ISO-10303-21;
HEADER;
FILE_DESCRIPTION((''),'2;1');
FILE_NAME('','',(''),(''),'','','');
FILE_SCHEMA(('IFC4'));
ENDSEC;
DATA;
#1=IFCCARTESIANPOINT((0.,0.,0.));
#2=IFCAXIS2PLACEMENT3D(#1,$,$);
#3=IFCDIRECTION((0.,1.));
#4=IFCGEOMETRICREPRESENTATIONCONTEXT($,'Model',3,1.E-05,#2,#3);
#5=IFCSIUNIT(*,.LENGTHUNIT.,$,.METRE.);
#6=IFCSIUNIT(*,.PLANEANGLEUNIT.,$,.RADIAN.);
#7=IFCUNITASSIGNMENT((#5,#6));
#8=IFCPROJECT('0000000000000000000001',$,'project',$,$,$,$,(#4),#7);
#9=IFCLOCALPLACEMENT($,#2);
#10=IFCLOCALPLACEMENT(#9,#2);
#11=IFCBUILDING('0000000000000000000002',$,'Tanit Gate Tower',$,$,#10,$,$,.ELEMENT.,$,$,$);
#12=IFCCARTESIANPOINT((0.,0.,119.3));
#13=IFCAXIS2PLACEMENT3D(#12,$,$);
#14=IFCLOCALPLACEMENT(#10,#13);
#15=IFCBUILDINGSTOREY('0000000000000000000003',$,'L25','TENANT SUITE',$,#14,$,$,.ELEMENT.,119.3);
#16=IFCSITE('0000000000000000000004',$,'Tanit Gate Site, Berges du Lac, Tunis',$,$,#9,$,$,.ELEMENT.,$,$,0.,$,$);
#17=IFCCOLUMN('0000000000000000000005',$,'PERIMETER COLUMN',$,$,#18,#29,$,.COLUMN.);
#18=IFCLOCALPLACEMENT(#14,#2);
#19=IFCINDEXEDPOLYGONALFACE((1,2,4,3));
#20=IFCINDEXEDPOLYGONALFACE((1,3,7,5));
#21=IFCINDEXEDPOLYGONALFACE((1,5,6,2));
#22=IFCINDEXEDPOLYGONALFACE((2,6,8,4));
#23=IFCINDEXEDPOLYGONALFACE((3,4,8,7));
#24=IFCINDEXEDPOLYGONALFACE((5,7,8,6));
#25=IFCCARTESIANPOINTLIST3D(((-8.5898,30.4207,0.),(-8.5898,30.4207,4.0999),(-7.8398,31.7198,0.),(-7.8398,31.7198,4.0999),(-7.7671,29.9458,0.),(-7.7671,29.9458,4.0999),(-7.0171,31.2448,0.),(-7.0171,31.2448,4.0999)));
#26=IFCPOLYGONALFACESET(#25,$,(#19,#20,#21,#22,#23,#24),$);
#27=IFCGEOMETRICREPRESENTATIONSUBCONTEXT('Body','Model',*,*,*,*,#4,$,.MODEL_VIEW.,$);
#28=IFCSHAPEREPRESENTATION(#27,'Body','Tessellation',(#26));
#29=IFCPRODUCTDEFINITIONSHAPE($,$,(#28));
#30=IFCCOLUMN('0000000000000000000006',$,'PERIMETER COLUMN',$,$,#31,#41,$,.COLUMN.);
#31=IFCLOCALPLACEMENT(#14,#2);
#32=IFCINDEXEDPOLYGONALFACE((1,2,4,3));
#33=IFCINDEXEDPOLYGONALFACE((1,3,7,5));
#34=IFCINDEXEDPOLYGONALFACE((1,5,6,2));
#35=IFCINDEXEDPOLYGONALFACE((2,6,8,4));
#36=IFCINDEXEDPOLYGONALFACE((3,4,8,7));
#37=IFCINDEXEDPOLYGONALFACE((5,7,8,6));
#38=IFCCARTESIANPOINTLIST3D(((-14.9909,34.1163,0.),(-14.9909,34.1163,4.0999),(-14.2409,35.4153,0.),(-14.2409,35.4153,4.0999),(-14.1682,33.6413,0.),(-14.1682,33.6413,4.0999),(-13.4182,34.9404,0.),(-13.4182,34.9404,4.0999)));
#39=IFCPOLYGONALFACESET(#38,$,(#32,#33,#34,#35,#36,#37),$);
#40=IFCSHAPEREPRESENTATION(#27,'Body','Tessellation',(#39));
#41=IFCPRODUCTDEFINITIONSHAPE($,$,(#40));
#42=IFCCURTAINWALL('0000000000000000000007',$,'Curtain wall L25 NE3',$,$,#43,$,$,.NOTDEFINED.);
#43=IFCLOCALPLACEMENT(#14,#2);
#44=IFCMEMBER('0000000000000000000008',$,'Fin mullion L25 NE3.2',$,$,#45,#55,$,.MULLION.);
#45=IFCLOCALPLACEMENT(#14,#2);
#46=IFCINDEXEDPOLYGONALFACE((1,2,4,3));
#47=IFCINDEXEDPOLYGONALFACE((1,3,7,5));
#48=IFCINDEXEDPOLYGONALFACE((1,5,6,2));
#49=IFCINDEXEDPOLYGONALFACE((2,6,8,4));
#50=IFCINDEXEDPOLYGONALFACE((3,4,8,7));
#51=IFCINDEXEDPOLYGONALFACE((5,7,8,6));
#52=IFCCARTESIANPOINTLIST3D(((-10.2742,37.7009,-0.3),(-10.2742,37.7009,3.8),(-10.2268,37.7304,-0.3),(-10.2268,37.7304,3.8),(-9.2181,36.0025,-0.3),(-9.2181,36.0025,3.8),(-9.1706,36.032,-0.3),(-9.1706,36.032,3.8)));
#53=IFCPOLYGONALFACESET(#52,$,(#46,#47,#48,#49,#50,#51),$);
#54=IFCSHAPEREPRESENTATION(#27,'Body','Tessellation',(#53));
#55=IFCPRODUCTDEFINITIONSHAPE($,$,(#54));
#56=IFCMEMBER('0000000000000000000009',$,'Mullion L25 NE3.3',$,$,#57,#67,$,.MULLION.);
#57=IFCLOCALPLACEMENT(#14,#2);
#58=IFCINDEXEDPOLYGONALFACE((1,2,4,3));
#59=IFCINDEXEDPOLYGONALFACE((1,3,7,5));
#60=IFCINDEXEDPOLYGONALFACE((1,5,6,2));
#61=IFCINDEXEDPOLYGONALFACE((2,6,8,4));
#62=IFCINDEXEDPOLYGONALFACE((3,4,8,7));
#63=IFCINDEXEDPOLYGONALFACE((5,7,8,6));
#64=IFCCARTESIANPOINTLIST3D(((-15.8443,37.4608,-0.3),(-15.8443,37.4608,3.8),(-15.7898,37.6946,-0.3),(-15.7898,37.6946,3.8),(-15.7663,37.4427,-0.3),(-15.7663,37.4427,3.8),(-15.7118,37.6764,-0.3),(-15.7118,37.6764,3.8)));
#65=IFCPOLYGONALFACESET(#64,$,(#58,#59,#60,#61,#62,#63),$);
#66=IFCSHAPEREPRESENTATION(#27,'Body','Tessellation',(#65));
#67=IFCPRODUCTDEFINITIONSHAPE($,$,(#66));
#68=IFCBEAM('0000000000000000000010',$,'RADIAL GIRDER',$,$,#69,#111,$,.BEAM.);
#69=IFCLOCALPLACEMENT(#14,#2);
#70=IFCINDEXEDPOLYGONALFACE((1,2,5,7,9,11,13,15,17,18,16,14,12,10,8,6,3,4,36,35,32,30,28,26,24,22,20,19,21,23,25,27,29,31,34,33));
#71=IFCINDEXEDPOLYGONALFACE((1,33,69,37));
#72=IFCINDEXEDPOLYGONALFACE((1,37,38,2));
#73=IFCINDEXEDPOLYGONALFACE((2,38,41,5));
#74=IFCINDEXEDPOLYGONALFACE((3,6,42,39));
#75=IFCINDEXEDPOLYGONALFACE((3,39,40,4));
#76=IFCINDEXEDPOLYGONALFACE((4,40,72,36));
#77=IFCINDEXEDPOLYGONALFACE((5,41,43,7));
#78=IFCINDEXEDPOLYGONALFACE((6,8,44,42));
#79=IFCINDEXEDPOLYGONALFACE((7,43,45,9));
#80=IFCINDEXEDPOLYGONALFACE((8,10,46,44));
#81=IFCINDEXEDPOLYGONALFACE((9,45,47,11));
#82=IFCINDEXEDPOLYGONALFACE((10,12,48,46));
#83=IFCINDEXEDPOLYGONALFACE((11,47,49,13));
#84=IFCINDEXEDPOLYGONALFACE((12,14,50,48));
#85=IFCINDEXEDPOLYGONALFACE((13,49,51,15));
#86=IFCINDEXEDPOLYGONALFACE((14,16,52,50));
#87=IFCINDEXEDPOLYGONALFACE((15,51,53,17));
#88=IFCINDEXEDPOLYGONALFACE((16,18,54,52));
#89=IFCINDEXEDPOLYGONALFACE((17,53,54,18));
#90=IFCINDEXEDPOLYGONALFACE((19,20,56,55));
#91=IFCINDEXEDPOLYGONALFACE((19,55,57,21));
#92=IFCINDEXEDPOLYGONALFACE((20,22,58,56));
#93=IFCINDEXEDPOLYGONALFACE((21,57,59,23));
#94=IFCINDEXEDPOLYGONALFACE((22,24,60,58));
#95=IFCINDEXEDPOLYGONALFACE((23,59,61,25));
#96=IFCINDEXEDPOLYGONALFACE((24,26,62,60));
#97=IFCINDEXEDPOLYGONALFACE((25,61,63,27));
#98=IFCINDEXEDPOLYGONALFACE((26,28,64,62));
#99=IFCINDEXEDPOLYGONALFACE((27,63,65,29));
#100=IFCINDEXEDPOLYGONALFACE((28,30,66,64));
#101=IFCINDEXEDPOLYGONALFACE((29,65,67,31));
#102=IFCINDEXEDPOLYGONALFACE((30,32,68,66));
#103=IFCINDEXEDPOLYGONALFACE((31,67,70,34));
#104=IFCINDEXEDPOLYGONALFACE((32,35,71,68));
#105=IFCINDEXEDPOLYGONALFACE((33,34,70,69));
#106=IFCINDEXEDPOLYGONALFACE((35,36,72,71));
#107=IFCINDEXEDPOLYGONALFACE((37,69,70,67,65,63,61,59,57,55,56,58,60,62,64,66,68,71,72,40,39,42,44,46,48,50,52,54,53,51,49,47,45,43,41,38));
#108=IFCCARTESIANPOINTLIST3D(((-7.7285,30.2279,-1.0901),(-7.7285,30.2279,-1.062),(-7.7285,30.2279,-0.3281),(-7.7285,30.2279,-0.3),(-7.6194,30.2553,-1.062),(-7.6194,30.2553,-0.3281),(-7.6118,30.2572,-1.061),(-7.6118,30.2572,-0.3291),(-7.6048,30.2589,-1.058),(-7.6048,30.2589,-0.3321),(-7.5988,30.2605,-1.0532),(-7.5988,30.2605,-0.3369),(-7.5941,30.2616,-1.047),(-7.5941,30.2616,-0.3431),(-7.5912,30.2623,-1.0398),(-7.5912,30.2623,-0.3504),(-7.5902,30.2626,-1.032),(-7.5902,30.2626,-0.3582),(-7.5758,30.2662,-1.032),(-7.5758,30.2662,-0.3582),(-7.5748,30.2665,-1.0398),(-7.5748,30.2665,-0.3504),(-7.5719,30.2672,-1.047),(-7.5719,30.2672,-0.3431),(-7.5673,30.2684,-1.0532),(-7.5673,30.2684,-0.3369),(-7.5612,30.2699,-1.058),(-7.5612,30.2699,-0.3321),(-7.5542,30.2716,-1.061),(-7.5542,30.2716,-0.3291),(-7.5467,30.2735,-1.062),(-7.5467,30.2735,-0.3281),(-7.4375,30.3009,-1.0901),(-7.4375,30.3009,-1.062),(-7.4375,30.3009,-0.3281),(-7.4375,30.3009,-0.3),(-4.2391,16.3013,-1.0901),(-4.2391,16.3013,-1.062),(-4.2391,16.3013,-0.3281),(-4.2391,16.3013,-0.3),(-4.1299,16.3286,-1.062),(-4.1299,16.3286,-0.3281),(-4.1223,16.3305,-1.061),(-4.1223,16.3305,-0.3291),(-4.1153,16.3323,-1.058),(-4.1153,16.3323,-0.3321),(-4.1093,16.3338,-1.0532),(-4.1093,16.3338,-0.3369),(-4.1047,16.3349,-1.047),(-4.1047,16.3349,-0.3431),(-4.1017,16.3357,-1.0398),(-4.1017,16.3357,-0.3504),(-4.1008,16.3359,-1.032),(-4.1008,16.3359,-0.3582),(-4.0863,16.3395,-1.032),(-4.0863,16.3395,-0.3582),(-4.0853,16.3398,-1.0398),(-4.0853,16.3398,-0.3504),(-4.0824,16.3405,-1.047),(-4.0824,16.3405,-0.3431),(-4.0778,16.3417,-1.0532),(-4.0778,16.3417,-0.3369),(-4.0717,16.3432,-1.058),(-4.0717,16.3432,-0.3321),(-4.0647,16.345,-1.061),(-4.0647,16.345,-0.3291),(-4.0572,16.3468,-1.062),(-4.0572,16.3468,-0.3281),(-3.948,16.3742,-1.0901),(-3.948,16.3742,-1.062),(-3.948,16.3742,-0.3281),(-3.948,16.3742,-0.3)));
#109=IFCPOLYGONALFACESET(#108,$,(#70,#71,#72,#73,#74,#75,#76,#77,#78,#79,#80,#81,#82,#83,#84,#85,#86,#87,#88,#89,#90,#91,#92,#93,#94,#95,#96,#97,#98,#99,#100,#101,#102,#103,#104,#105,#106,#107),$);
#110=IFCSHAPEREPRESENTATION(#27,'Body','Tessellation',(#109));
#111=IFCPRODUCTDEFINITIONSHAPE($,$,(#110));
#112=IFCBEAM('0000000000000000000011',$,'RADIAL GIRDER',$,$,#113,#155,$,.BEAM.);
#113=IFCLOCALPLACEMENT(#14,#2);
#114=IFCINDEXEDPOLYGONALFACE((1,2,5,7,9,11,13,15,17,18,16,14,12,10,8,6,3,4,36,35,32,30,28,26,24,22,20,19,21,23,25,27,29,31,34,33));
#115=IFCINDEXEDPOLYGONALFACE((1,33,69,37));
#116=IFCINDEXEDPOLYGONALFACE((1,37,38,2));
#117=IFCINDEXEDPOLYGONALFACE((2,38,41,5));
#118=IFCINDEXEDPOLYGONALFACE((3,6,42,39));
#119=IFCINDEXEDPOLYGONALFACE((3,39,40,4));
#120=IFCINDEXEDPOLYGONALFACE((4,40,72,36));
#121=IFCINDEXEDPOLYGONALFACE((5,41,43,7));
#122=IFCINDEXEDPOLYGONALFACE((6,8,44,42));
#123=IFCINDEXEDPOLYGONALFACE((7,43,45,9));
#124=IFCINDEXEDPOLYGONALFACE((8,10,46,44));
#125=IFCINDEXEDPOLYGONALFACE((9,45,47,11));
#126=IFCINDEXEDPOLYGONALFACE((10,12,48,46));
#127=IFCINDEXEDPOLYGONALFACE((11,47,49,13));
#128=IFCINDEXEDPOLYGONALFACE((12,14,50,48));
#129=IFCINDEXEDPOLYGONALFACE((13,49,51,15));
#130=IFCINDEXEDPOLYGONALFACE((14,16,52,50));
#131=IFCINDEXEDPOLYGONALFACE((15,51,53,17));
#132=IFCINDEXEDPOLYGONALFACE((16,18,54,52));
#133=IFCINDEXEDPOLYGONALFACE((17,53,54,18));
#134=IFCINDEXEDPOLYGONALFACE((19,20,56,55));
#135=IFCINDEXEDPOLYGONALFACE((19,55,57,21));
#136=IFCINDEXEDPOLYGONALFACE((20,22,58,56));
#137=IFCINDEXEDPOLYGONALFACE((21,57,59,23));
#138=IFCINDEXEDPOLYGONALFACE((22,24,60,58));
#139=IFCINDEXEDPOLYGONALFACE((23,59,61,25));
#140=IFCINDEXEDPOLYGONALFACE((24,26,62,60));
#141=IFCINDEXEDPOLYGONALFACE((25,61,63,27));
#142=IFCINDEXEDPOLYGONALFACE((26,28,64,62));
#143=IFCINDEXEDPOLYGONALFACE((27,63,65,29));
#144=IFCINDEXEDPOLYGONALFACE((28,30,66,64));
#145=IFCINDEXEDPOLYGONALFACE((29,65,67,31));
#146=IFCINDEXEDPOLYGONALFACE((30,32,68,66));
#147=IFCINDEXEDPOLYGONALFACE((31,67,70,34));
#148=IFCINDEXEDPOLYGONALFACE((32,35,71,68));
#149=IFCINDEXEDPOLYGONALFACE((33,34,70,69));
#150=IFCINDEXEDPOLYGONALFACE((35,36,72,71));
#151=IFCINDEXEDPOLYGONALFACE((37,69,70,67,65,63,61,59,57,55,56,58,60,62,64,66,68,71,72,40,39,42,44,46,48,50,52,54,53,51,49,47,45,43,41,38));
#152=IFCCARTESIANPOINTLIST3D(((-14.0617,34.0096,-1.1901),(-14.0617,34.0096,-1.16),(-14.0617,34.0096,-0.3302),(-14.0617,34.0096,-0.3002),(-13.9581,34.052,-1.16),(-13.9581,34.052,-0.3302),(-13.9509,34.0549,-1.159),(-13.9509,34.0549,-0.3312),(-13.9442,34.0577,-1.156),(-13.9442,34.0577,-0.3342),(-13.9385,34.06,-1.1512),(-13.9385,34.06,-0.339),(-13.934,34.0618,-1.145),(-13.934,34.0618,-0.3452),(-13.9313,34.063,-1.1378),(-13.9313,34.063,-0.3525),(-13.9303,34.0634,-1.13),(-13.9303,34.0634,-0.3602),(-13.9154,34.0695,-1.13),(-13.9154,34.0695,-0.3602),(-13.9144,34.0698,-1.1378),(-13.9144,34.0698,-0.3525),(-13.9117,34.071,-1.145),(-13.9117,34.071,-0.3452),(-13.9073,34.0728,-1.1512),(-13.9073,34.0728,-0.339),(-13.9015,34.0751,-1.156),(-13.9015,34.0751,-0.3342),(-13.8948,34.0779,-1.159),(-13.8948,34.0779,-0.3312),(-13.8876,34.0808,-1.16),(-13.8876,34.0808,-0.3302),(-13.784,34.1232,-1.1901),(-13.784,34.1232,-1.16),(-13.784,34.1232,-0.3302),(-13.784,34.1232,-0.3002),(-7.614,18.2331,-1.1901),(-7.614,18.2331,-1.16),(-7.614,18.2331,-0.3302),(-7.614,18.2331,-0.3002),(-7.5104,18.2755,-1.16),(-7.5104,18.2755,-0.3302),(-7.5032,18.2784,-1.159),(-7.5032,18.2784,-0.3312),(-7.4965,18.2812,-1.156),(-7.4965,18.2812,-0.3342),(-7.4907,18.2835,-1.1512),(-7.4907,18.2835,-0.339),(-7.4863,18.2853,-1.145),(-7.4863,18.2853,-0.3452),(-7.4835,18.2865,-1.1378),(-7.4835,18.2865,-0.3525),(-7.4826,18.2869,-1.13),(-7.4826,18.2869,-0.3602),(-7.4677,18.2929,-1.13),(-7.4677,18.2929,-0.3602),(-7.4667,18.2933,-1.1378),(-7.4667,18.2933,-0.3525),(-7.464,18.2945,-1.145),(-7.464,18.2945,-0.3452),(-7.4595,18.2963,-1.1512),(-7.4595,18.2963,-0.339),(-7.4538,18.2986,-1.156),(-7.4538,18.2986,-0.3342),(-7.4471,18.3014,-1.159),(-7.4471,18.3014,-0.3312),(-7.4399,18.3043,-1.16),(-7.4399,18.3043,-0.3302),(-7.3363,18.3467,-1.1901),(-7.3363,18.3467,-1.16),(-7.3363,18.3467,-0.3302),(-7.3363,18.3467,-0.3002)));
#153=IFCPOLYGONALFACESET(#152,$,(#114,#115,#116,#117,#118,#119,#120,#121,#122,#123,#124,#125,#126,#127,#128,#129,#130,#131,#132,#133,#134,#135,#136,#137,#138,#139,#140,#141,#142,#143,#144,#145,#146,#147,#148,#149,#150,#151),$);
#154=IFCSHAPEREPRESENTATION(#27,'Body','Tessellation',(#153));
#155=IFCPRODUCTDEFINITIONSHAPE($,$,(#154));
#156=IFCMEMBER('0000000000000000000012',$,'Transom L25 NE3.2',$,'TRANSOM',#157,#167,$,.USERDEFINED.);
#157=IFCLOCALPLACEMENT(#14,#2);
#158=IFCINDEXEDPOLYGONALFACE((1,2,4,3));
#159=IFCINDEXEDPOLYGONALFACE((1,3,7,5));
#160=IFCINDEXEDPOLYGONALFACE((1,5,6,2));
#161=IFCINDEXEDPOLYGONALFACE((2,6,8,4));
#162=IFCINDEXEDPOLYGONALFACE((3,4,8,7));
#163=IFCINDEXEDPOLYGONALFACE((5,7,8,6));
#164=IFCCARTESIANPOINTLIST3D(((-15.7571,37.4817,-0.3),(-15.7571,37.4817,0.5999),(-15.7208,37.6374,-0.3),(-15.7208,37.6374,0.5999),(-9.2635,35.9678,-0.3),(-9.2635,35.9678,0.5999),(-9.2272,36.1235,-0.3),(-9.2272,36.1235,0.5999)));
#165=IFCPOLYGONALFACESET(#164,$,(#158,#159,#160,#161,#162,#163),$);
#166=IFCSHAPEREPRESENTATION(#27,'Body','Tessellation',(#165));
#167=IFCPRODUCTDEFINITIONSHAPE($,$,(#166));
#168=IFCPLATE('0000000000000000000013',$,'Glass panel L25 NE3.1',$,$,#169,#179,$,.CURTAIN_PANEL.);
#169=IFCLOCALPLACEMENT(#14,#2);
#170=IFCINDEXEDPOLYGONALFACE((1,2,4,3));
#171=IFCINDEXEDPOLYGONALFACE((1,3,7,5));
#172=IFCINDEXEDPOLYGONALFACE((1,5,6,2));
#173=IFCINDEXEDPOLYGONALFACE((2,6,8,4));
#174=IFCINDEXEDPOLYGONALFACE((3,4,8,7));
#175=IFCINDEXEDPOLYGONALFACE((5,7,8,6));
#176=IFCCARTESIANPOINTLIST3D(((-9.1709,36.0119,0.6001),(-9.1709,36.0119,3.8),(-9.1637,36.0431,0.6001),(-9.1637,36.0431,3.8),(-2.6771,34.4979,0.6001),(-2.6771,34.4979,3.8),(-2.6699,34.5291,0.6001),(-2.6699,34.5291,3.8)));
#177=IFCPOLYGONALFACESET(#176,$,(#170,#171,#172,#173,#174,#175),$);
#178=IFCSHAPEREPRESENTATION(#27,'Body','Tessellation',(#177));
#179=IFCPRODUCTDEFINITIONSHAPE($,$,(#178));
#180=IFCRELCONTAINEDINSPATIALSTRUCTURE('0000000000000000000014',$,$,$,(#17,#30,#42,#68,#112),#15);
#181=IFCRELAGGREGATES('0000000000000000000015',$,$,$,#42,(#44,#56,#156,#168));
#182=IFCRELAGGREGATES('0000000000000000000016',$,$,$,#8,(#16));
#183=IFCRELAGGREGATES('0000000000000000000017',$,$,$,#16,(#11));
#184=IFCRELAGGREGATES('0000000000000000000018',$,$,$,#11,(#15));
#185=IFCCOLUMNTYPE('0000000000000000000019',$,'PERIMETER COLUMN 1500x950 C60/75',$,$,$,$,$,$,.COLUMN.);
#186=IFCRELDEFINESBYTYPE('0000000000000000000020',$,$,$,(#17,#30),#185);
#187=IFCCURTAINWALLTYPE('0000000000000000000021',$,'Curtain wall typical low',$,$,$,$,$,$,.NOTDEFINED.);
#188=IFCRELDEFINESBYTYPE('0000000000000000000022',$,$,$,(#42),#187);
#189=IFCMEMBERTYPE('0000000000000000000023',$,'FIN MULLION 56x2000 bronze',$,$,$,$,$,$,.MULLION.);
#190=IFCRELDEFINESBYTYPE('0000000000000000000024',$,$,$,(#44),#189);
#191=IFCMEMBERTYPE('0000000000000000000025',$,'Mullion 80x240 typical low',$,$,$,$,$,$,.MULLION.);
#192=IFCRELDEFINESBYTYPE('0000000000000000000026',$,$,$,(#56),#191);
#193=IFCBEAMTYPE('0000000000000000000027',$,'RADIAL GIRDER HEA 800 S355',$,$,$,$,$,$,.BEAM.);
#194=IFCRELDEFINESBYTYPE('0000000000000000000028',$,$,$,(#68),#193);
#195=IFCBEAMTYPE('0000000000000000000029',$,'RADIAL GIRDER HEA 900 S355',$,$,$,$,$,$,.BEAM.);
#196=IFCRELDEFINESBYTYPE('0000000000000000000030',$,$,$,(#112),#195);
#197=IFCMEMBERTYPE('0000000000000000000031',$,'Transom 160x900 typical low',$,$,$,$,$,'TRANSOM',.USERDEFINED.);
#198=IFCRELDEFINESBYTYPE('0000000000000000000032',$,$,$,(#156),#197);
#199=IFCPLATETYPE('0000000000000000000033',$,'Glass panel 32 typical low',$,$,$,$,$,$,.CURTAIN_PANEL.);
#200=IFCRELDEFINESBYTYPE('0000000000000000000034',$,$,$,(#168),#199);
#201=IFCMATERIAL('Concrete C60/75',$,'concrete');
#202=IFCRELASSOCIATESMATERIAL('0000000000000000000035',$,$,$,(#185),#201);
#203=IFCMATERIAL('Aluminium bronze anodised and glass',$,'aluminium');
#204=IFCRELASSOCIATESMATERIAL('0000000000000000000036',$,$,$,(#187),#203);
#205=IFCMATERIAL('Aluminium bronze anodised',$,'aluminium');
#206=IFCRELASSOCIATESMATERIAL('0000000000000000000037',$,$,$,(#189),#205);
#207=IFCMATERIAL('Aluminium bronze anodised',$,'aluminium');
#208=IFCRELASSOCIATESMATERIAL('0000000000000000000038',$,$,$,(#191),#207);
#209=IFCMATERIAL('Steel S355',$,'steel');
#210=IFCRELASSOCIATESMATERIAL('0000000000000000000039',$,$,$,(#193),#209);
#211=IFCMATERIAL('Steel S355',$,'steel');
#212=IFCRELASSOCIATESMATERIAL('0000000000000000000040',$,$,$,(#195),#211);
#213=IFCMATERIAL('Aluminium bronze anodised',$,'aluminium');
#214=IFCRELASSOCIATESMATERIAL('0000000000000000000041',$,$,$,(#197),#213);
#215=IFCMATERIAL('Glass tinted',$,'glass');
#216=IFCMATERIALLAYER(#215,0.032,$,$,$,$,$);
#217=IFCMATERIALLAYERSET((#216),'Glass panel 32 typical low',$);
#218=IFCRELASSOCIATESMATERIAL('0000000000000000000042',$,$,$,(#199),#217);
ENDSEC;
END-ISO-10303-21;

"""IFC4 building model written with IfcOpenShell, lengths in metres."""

from ifc_helpers import new_model, si_unit, direction, frame, origin, origin_2d, place, context, subcontext, project, spatial, rectangle, i_section, extrude, material, layer, layer_set, material_profile, profile_set, type_object, element, aggregate, save


model = new_model("IFC4")

# Units and contexts
model_context = context("Model", 3, precision=1e-05, world=origin(), true_north=direction((0.0, 1.0)))
body_context = subcontext(model_context, "Body", "Model", "MODEL_VIEW")
ifc_project = project(units=[si_unit("LENGTHUNIT", "METRE"), si_unit("PLANEANGLEUNIT", "RADIAN")], contexts=[model_context])

# Site, building, storey
site_placement = place(None, origin())
site = spatial("IfcSite", under=ifc_project, at=site_placement, Name="Tanit Gate Site, Berges du Lac, Tunis", CompositionType="ELEMENT", RefElevation=0.0)
building_placement = place(site_placement, origin())
building = spatial("IfcBuilding", under=site, at=building_placement, Name="Tanit Gate Tower", CompositionType="ELEMENT")
storey_placement = place(building_placement, frame((0.0, 0.0, 119.3)))
storey = spatial("IfcBuildingStorey", under=building, at=storey_placement, Name="L25", Description="TENANT SUITE", CompositionType="ELEMENT", Elevation=119.3)

# Columns
ifc_material_1 = material(Name="Concrete C60/75", Category="concrete")
ifc_material_profile_1 = material_profile(ifc_material_1, rectangle(XDim=1.5, YDim=0.95, at=origin_2d()), Name="RC 1500x950")
ifc_profile_set_1 = profile_set([ifc_material_profile_1], Name="Concrete C60/75")
column_type = type_object("IfcColumnType", Name="PERIMETER COLUMN 1500x950 C60/75", PredefinedType="COLUMN", material=ifc_profile_set_1)
for number, where, z_axis, x_axis, name in (
    (1, (-7.8035, 30.8328, 0.0), (0.0, 0.0, 1.0), (0.5, 0.866025, 0.0), "PERIMETER COLUMN"),
    (2, (-14.2046, 34.5283, 0.0), (0.0, 0.0, 1.0), (0.5, 0.866025, 0.0), "PERIMETER COLUMN"),
):
    element("IfcColumn", number, at=place(storey_placement, frame(where, z_axis=z_axis, x_axis=x_axis)), inside=storey, type_object=column_type, Name=name, PredefinedType="COLUMN", context=body_context, shape_type="SweptSolid", body=[
        extrude(rectangle(XDim=1.5, YDim=0.95, at=origin_2d()), origin(), (0.0, 0.0, 1.0), 4.0999),
    ])

# Curtain wall, members
ifc_material_2 = material(Name="Aluminium bronze anodised and glass", Category="aluminium")
curtain_wall_type = type_object("IfcCurtainWallType", Name="Curtain wall typical low", PredefinedType="NOTDEFINED", material=ifc_material_2)
curtain_wall_placement = place(storey_placement, origin())
curtain_wall = element("IfcCurtainWall", 3, at=curtain_wall_placement, inside=storey, type_object=curtain_wall_type, Name="Curtain wall L25 NE3", PredefinedType="NOTDEFINED")
ifc_material_3 = material(Name="Aluminium bronze anodised", Category="aluminium")
ifc_material_profile_2 = material_profile(ifc_material_3, rectangle(XDim=2.0, YDim=0.0559, at=origin_2d()), Name="56x2000 bronze fin mullion")
ifc_profile_set_2 = profile_set([ifc_material_profile_2], Name="Aluminium bronze anodised")
member_type_1 = type_object("IfcMemberType", Name="FIN MULLION 56x2000 bronze", PredefinedType="MULLION", material=ifc_profile_set_2)
member_1_placement = place(storey_placement, frame((-9.7224, 36.8665, -0.3), z_axis=(0.0, 0.0, 1.0), x_axis=(0.528086, -0.849191, 0.0)))
member_1 = element("IfcMember", 4, at=member_1_placement, type_object=member_type_1, Name="Fin mullion L25 NE3.2", PredefinedType="MULLION", context=body_context, shape_type="SweptSolid", body=[
    extrude(rectangle(XDim=2.0, YDim=0.0559, at=origin_2d()), origin(), (0.0, 0.0, 1.0), 4.1001),
])
ifc_material_4 = material(Name="Aluminium bronze anodised", Category="aluminium")
ifc_material_profile_3 = material_profile(ifc_material_4, rectangle(XDim=0.24, YDim=0.0801, at=origin_2d()), Name="80x240 bronze mullion")
ifc_profile_set_3 = profile_set([ifc_material_profile_3], Name="Aluminium bronze anodised")
member_type_2 = type_object("IfcMemberType", Name="Mullion 80x240 typical low", PredefinedType="MULLION", material=ifc_profile_set_3)
member_2_placement = place(storey_placement, frame((-15.7781, 37.5686, -0.3), z_axis=(0.0, 0.0, 1.0), x_axis=(-0.227056, -0.973882, 0.0)))
member_2 = element("IfcMember", 5, at=member_2_placement, type_object=member_type_2, Name="Mullion L25 NE3.3", PredefinedType="MULLION", context=body_context, shape_type="SweptSolid", body=[
    extrude(rectangle(XDim=0.24, YDim=0.0801, at=origin_2d()), origin(), (0.0, 0.0, 1.0), 4.1001),
])

# Beams
ifc_material_5 = material(Name="Steel S355", Category="steel")
ifc_material_profile_4 = material_profile(ifc_material_5, i_section(OverallWidth=0.3, OverallDepth=0.79, WebThickness=0.0149, FlangeThickness=0.0281, FilletRadius=0.03, at=origin_2d()), Name="HEA 800")
ifc_profile_set_4 = profile_set([ifc_material_profile_4], Name="Steel S355")
beam_type_1 = type_object("IfcBeamType", Name="RADIAL GIRDER HEA 800 S355", PredefinedType="BEAM", material=ifc_profile_set_4)
beam_1_placement = place(storey_placement, frame((-7.583, 30.2644, -0.6951), z_axis=(0.243048, -0.970014, 0.0), x_axis=(0.970014, 0.243048, 0.0)))
element("IfcBeam", 6, at=beam_1_placement, inside=storey, type_object=beam_type_1, Name="RADIAL GIRDER", PredefinedType="BEAM", context=body_context, shape_type="SweptSolid", body=[
    extrude(i_section(OverallWidth=0.3, OverallDepth=0.79, WebThickness=0.0149, FlangeThickness=0.0281, FilletRadius=0.03, at=origin_2d()), origin(), (0.0, 0.0, 1.0), 14.3572),
])
ifc_material_6 = material(Name="Steel S355", Category="steel")
ifc_material_profile_5 = material_profile(ifc_material_6, i_section(OverallWidth=0.3, OverallDepth=0.8899, WebThickness=0.0161, FlangeThickness=0.03, FilletRadius=0.03, at=origin_2d()), Name="HEA 900")
ifc_profile_set_5 = profile_set([ifc_material_profile_5], Name="Steel S355")
beam_type_2 = type_object("IfcBeamType", Name="RADIAL GIRDER HEA 900 S355", PredefinedType="BEAM", material=ifc_profile_set_5)
beam_2_placement = place(storey_placement, frame((-13.9229, 34.0664, -0.7451), z_axis=(0.378315, -0.925677, 0.0), x_axis=(0.925677, 0.378315, 0.0)))
element("IfcBeam", 7, at=beam_2_placement, inside=storey, type_object=beam_type_2, Name="RADIAL GIRDER", PredefinedType="BEAM", context=body_context, shape_type="SweptSolid", body=[
    extrude(i_section(OverallWidth=0.3, OverallDepth=0.8899, WebThickness=0.0161, FlangeThickness=0.03, FilletRadius=0.03, at=origin_2d()), origin(), (0.0, 0.0, 1.0), 17.0432),
])

# Member
ifc_material_7 = material(Name="Aluminium bronze anodised", Category="aluminium")
ifc_material_profile_6 = material_profile(ifc_material_7, rectangle(XDim=0.1599, YDim=0.8999, at=origin_2d()), Name="160x900 bronze transom")
ifc_profile_set_6 = profile_set([ifc_material_profile_6], Name="Aluminium bronze anodised")
member_type_3 = type_object("IfcMemberType", Name="Transom 160x900 typical low", ElementType="TRANSOM", PredefinedType="USERDEFINED", material=ifc_profile_set_6)
member_3_placement = place(storey_placement, frame((-9.2454, 36.0457, 0.1499), z_axis=(-0.973883, 0.227049, 0.0), x_axis=(-0.227049, -0.973883, 0.0)))
member_3 = element("IfcMember", 8, at=member_3_placement, type_object=member_type_3, Name="Transom L25 NE3.2", ObjectType="TRANSOM", PredefinedType="USERDEFINED", context=body_context, shape_type="SweptSolid", body=[
    extrude(rectangle(XDim=0.1599, YDim=0.8999, at=origin_2d()), origin(), (0.0, 0.0, 1.0), 6.6677),
])

# Plate
ifc_material_8 = material(Name="Glass tinted", Category="glass")
ifc_layer_1 = layer(ifc_material_8, 0.032)
ifc_layer_set_1 = layer_set([ifc_layer_1], Name="Glass panel 32 typical low")
plate_type = type_object("IfcPlateType", Name="Glass panel 32 typical low", PredefinedType="CURTAIN_PANEL", material=ifc_layer_set_1)
plate_1_placement = place(storey_placement, frame((-5.9204, 35.2705, 0.6001), z_axis=(0.0, 0.0, 1.0), x_axis=(-0.973882, 0.227056, 0.0)))
plate_1 = element("IfcPlate", 9, at=plate_1_placement, type_object=plate_type, Name="Glass panel L25 NE3.1", PredefinedType="CURTAIN_PANEL", context=body_context, shape_type="SweptSolid", body=[
    extrude(rectangle(XDim=6.668, YDim=0.032, at=origin_2d()), origin(), (0.0, 0.0, 1.0), 3.2),
])
aggregate(curtain_wall, [member_1, member_2, member_3, plate_1])

save(model, "model.ifc")
